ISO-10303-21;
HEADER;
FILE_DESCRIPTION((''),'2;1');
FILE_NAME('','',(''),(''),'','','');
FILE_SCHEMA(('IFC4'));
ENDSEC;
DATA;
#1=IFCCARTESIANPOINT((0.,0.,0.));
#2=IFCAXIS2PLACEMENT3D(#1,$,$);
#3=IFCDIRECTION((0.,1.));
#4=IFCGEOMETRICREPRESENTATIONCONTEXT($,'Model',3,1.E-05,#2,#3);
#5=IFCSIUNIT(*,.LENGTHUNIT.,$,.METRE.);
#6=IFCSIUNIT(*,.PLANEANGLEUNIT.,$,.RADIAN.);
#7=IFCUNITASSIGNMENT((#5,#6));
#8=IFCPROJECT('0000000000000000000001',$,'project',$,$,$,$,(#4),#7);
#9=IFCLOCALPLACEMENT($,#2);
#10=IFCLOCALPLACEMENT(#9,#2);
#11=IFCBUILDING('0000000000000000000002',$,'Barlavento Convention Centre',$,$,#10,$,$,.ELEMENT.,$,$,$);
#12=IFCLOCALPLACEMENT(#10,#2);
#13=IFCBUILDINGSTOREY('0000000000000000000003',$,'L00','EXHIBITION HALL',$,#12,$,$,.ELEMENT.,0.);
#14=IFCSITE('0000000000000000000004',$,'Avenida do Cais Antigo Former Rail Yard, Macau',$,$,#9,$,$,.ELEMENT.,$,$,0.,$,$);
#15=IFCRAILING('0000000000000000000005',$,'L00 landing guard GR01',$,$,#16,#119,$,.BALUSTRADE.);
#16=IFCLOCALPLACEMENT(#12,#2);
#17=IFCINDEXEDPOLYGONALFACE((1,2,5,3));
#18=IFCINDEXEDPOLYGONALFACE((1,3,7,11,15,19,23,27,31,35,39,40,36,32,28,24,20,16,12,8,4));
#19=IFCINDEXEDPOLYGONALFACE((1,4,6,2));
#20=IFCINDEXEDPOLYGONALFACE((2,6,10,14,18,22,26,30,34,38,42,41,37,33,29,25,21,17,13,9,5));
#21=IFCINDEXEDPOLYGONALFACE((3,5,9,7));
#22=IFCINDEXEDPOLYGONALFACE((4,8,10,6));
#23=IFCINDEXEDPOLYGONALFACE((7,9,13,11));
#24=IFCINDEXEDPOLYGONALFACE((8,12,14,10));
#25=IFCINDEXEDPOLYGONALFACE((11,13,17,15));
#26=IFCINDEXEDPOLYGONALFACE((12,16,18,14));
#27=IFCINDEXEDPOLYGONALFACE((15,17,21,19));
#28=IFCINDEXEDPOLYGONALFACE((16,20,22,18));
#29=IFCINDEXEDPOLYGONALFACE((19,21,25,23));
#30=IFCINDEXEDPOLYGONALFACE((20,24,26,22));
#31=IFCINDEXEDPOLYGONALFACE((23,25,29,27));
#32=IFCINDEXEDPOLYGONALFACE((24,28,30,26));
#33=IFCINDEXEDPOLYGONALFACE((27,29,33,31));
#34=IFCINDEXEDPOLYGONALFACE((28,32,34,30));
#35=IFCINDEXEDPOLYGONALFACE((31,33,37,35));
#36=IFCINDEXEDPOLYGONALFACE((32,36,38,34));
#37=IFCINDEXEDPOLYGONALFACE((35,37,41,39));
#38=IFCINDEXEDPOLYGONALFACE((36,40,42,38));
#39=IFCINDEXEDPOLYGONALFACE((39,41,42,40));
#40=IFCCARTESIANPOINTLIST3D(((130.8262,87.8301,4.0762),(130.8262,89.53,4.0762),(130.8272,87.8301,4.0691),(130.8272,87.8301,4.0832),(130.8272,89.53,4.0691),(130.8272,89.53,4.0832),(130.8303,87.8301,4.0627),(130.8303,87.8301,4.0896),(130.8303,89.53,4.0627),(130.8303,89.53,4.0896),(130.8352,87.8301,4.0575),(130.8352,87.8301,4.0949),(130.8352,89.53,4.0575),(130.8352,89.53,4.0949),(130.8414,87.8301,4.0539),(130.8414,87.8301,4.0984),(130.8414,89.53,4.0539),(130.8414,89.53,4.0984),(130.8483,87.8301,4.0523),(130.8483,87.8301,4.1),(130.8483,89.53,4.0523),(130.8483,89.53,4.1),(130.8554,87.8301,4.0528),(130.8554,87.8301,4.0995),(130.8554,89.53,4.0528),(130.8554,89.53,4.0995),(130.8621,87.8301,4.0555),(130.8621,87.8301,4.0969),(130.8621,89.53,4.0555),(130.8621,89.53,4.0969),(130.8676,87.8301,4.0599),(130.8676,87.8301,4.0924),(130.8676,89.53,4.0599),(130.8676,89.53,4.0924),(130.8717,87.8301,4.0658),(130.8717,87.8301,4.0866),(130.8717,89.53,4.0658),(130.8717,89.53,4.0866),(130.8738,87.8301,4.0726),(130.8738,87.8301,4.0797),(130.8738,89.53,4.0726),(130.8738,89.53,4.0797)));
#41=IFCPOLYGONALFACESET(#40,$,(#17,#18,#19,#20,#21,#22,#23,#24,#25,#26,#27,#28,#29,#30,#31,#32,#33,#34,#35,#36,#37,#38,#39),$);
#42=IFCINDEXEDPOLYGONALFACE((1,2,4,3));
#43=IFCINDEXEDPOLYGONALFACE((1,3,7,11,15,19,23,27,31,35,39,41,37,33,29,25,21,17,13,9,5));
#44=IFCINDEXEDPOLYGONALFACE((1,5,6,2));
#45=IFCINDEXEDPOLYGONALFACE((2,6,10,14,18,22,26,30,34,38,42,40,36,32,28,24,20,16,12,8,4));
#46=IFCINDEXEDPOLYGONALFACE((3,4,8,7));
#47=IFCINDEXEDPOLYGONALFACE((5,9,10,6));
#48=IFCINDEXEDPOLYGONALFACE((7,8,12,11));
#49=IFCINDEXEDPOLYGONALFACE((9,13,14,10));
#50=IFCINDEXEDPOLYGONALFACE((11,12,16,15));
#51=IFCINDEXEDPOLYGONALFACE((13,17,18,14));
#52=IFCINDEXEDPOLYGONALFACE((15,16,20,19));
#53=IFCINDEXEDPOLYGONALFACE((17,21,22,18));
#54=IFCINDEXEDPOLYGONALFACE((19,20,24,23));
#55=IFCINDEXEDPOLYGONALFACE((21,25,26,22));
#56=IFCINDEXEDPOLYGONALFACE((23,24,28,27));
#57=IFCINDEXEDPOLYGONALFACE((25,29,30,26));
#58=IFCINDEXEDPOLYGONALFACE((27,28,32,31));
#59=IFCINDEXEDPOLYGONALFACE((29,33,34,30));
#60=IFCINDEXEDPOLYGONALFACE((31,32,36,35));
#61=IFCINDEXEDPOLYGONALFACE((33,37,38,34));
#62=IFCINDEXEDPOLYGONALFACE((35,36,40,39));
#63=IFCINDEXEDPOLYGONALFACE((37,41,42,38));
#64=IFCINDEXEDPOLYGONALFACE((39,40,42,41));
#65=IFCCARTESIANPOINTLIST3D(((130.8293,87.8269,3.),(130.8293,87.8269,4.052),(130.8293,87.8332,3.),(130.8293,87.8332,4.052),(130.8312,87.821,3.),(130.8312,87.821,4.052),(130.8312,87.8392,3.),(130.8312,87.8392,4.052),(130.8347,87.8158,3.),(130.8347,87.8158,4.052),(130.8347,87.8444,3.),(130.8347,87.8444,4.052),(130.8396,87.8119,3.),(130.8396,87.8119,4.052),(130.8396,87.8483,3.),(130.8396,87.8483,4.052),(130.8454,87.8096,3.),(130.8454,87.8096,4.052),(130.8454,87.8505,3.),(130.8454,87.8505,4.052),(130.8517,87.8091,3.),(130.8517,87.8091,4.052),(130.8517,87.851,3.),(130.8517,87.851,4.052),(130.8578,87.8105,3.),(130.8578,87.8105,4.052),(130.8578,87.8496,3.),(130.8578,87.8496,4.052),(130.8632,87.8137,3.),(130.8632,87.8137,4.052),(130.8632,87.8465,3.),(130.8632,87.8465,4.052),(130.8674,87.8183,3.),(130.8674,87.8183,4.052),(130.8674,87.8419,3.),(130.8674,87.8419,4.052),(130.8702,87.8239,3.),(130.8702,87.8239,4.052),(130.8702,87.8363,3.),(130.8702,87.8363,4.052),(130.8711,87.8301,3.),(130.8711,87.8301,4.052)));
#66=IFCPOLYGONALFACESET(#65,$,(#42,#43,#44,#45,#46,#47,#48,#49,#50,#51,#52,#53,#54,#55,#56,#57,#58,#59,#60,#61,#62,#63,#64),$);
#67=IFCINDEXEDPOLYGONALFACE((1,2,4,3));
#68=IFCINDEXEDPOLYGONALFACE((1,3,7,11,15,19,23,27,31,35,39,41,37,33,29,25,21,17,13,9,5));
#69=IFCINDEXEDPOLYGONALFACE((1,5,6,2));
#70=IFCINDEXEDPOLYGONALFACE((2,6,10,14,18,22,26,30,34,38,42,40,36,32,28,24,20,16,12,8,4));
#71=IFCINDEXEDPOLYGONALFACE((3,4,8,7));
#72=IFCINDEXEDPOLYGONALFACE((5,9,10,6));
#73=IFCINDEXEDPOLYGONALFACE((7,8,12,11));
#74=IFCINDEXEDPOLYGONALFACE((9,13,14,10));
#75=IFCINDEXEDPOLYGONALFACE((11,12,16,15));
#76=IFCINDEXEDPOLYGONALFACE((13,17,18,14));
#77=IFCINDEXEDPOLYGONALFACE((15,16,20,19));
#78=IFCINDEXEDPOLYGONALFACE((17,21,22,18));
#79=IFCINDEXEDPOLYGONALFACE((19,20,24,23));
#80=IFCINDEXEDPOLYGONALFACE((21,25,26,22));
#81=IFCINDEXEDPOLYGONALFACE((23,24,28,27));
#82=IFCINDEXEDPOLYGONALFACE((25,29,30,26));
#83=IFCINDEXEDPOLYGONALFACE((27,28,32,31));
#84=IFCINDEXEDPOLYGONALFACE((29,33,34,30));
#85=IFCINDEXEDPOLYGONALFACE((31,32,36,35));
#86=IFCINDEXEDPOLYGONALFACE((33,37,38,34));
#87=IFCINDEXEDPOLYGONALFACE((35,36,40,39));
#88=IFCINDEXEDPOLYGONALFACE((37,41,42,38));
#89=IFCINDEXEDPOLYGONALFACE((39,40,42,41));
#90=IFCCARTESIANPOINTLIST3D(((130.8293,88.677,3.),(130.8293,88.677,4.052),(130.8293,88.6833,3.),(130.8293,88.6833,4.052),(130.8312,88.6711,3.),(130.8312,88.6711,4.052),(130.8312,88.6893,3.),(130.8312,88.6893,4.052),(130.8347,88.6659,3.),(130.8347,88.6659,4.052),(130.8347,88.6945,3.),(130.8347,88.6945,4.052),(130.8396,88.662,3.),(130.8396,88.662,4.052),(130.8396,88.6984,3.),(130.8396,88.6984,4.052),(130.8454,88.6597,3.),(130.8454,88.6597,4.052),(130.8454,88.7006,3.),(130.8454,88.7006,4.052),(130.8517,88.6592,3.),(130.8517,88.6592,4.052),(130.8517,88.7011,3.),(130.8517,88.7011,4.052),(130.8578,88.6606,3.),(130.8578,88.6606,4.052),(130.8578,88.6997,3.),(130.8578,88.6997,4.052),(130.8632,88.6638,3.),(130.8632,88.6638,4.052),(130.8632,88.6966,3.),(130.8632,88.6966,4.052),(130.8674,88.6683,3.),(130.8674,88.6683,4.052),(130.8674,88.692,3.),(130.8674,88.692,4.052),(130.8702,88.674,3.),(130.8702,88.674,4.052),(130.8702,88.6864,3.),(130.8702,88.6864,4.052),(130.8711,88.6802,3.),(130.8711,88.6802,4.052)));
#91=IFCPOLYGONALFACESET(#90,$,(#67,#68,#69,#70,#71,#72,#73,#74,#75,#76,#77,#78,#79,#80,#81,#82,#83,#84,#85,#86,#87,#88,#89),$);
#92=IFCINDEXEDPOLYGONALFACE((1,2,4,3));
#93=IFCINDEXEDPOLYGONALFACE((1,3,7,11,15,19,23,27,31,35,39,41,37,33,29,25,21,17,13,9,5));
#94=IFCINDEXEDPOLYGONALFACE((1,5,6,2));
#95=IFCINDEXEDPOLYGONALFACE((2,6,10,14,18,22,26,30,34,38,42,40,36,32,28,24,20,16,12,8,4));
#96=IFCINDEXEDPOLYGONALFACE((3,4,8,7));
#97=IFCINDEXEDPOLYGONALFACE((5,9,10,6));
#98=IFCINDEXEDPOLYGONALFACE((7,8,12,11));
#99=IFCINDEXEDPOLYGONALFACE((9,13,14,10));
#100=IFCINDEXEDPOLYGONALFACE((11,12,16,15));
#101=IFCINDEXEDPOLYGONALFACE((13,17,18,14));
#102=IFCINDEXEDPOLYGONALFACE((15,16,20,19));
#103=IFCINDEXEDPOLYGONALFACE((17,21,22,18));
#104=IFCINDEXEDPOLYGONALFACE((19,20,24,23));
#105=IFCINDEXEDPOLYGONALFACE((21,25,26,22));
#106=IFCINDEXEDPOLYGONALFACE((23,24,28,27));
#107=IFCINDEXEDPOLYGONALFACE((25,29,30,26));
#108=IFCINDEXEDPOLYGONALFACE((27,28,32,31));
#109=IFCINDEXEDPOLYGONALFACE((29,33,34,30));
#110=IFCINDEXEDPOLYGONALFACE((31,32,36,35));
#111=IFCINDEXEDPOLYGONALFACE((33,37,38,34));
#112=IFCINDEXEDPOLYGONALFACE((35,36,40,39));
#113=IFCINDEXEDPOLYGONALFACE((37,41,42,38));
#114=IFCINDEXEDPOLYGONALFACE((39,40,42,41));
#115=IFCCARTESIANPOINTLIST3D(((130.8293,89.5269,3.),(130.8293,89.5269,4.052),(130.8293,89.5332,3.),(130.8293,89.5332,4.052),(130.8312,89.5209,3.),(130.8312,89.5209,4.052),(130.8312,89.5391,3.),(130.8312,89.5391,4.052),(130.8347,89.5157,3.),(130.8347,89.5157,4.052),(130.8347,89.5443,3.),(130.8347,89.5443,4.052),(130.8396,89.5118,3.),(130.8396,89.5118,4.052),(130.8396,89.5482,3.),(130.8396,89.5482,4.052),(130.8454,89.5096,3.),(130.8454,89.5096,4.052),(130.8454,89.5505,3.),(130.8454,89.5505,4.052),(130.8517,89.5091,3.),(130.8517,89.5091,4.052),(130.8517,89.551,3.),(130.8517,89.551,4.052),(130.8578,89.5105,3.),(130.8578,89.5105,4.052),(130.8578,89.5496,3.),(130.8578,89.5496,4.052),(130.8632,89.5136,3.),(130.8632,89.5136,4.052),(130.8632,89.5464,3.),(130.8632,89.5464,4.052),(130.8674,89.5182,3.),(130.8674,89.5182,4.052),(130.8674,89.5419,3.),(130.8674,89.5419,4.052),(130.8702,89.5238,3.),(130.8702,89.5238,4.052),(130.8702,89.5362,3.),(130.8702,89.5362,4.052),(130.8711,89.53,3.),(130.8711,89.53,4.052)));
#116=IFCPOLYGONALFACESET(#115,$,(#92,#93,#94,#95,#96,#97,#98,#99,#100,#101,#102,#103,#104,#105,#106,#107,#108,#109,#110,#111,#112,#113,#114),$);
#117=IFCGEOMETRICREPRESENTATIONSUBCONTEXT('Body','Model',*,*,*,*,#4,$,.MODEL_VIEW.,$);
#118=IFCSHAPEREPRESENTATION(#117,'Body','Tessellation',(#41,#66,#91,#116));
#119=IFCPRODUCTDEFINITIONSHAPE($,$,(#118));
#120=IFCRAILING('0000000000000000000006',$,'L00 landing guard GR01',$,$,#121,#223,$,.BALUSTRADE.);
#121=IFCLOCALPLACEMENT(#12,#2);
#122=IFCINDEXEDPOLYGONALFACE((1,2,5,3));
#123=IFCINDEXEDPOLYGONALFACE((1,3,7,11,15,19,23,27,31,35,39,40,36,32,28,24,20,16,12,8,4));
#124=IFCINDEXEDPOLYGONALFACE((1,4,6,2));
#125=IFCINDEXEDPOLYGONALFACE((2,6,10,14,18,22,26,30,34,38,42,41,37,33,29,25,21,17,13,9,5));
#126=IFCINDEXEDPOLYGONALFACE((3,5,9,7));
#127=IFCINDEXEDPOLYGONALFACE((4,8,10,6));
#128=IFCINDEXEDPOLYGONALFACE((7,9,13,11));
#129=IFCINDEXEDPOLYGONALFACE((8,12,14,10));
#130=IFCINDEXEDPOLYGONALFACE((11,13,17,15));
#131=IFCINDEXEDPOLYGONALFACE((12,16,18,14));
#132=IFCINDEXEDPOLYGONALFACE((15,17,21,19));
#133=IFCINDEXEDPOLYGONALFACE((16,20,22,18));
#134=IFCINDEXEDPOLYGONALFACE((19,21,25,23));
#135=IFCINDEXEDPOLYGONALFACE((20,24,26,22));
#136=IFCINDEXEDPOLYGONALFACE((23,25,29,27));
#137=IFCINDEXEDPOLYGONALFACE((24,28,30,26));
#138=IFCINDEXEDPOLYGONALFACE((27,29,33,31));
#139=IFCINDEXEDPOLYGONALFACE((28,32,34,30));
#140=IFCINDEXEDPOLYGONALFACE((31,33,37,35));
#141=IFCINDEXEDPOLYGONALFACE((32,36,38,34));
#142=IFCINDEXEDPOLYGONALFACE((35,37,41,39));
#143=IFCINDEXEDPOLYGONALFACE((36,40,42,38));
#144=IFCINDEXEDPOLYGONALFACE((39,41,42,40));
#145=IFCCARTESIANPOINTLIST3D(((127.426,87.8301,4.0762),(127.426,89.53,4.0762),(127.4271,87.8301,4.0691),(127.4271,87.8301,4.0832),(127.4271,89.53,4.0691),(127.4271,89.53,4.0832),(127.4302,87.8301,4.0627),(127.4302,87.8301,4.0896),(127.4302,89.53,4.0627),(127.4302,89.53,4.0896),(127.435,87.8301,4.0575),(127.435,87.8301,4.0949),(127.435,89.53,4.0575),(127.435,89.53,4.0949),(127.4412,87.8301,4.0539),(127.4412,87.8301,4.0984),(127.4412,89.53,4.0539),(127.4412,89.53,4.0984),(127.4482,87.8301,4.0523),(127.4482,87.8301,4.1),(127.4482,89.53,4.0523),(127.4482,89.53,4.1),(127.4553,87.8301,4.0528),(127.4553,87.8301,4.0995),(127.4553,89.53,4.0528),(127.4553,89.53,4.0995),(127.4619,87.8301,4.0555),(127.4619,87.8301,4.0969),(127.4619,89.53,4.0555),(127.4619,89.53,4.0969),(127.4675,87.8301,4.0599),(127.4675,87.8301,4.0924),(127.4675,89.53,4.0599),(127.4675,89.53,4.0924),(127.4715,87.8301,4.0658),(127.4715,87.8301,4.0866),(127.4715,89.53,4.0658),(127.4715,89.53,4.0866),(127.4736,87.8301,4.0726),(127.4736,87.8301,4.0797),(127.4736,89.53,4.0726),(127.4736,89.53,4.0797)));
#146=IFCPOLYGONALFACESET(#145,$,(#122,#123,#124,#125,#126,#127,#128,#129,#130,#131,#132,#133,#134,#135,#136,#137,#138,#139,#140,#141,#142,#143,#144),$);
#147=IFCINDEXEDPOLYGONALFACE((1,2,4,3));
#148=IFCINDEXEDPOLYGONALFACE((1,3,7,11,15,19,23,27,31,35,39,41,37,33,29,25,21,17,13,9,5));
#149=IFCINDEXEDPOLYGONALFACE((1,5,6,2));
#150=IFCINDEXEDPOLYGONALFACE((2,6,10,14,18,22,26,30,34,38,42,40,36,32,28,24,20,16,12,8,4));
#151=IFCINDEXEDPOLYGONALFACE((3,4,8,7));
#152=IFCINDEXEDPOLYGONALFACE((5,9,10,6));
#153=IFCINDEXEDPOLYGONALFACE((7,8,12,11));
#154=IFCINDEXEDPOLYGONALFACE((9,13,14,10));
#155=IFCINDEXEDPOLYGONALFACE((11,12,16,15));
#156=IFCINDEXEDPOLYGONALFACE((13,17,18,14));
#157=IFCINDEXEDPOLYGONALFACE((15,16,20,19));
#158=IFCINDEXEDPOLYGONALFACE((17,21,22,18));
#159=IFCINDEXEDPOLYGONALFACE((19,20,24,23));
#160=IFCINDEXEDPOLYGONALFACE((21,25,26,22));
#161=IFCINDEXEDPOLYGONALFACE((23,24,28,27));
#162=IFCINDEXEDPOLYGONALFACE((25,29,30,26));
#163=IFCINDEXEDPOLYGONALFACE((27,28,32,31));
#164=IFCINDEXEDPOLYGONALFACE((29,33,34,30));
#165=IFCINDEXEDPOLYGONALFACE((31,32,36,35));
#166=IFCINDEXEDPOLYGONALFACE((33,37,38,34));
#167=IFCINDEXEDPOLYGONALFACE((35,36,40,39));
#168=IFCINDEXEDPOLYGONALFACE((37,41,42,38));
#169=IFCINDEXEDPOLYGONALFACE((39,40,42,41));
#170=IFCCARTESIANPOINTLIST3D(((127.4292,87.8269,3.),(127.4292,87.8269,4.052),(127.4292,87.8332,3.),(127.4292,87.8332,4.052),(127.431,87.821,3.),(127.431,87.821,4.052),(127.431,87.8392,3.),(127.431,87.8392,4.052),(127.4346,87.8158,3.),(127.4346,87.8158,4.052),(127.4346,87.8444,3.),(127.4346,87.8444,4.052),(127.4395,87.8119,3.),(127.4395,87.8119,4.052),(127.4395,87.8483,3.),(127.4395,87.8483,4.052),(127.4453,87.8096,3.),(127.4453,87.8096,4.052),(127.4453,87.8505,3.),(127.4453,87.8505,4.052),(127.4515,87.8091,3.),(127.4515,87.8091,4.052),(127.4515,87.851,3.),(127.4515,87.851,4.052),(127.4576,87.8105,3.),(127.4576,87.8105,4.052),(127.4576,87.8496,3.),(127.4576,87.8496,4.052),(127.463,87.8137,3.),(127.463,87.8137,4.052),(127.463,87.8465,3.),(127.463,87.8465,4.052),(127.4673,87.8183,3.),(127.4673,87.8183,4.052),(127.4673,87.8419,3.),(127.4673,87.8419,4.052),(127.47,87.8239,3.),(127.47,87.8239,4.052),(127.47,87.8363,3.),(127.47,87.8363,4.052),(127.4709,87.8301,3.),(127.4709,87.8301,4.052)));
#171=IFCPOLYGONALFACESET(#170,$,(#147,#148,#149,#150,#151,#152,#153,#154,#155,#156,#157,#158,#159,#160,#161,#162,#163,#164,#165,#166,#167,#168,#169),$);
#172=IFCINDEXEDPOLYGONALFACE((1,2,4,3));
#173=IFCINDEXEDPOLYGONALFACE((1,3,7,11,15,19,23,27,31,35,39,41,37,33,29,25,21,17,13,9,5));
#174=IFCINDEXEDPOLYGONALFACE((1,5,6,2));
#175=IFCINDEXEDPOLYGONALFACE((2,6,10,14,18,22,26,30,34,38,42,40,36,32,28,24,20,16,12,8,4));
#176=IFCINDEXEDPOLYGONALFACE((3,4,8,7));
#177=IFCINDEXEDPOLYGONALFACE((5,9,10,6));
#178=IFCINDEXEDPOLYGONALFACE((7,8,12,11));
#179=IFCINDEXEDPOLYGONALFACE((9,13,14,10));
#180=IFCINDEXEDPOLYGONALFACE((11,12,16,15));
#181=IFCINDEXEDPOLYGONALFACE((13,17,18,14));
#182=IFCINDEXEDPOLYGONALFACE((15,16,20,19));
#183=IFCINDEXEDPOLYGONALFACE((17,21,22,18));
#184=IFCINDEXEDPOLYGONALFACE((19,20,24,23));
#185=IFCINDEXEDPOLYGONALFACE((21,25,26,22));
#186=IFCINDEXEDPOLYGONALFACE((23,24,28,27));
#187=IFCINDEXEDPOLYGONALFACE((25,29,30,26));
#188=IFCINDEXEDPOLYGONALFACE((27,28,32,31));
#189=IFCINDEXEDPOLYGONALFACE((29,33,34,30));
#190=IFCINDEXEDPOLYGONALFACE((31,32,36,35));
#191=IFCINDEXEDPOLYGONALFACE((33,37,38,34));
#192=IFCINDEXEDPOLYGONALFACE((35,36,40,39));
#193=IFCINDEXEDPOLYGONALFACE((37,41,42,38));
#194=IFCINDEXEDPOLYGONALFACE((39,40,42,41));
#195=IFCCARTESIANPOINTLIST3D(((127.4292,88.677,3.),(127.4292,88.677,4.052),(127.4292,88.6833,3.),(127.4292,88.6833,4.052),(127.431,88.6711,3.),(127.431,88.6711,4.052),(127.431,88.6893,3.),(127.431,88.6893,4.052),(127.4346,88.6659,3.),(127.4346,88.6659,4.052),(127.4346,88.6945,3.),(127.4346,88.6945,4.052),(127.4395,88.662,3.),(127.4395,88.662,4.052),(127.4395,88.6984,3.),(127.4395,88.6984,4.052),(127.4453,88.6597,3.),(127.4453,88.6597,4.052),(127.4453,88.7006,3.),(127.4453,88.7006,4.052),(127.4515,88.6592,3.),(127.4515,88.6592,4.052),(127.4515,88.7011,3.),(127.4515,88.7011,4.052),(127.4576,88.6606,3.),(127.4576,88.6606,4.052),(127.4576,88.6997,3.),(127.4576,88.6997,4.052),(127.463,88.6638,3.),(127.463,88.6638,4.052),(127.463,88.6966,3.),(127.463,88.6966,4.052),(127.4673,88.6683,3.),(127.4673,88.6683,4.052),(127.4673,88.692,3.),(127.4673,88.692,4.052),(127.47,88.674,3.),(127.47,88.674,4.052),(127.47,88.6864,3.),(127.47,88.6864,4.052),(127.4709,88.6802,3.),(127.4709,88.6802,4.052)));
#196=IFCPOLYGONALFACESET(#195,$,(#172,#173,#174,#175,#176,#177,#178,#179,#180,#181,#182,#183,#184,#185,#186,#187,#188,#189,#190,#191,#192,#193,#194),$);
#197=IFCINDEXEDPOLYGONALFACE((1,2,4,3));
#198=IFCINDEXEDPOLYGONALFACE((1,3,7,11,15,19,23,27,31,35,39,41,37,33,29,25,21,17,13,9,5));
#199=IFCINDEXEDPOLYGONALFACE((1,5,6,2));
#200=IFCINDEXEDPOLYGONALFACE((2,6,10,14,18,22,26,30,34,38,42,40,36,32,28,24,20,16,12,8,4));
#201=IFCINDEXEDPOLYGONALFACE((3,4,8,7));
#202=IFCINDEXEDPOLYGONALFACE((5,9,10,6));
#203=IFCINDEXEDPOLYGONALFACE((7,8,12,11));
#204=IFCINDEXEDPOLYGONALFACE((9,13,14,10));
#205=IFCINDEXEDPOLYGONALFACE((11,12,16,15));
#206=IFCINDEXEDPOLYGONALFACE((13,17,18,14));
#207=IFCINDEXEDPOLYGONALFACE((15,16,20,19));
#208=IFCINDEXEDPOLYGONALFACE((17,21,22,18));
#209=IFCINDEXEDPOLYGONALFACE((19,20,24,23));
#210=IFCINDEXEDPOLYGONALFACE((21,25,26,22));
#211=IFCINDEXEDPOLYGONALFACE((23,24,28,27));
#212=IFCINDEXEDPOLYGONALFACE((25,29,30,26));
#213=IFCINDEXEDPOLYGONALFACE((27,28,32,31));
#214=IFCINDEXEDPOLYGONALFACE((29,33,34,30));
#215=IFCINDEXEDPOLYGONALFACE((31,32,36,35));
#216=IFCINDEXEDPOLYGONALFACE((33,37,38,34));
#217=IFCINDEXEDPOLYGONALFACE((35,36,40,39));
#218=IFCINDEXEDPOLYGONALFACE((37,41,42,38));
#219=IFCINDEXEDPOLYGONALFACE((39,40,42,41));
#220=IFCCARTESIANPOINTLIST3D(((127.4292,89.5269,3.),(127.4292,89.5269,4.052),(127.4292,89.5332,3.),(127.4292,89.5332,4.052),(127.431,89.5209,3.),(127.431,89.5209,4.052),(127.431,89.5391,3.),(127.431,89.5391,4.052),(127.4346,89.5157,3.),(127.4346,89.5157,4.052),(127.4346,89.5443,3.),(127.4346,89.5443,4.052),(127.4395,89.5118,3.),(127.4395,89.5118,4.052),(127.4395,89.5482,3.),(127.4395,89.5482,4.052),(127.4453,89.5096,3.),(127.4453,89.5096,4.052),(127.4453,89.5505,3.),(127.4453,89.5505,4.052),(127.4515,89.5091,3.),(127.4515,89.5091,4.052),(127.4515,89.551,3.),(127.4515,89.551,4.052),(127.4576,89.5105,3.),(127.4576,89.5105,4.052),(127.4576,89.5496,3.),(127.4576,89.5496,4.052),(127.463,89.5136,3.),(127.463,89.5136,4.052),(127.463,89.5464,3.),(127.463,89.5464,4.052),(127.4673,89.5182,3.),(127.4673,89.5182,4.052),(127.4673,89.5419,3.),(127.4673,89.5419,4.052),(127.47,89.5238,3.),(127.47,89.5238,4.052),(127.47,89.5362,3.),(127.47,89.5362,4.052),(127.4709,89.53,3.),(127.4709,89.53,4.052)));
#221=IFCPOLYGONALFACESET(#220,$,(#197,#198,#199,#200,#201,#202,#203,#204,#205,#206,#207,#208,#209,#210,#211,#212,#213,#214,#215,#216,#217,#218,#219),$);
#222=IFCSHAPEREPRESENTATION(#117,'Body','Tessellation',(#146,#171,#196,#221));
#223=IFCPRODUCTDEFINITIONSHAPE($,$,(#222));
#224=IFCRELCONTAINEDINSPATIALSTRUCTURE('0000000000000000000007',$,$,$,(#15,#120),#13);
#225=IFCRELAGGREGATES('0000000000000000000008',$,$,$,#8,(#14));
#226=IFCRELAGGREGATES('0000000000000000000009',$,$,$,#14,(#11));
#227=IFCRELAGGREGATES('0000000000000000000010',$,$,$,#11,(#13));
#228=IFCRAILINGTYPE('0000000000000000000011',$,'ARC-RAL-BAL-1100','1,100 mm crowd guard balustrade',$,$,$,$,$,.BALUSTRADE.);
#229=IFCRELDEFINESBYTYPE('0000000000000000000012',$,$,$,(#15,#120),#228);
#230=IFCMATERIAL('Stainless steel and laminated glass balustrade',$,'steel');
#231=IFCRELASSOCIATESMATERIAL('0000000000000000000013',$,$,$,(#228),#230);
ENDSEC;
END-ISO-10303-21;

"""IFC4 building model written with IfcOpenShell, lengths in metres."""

from ifc_helpers import new_model, si_unit, direction, frame, origin, origin_2d, place, context, subcontext, project, spatial, circle, extrude, material, type_object, element, save


model = new_model("IFC4")

# Units and contexts
model_context = context("Model", 3, precision=1e-05, world=origin(), true_north=direction((0.0, 1.0)))
body_context = subcontext(model_context, "Body", "Model", "MODEL_VIEW")
ifc_project = project(units=[si_unit("LENGTHUNIT", "METRE"), si_unit("PLANEANGLEUNIT", "RADIAN")], contexts=[model_context])

# Site, building, storey
site_placement = place(None, origin())
site = spatial("IfcSite", under=ifc_project, at=site_placement, Name="Avenida do Cais Antigo Former Rail Yard, Macau", CompositionType="ELEMENT", RefElevation=0.0)
building_placement = place(site_placement, origin())
building = spatial("IfcBuilding", under=site, at=building_placement, Name="Barlavento Convention Centre", CompositionType="ELEMENT")
storey_placement = place(building_placement, origin())
storey = spatial("IfcBuildingStorey", under=building, at=storey_placement, Name="L00", Description="EXHIBITION HALL", CompositionType="ELEMENT", Elevation=0.0)

# Railings
ifc_material_1 = material(Name="Stainless steel and laminated glass balustrade", Category="steel")
railing_type_1 = type_object("IfcRailingType", Name="ARC-RAL-BAL-1100", Description="1,100 mm crowd guard balustrade", PredefinedType="BALUSTRADE", material=ifc_material_1)
for number, where, name in (
    (1, (130.8501, 87.8301, 3.0), "L00 landing guard GR01"),
    (2, (127.45, 87.8301, 3.0), "L00 landing guard GR01"),
):
    element("IfcRailing", number, at=place(storey_placement, frame(where)), inside=storey, type_object=railing_type_1, Name=name, PredefinedType="BALUSTRADE", context=body_context, shape_type="SweptSolid", body=[
        extrude(circle(Radius=0.0239, at=origin_2d()), frame((0.0, 0.0, 1.0762), z_axis=(0.0, 1.0, 0.0), x_axis=(-1.0, 0.0, 0.0)), (0.0, 0.0, 1.0), 1.7),
        extrude(circle(Radius=0.021, at=origin_2d()), origin(), (0.0, 0.0, 1.0), 1.052),
        extrude(circle(Radius=0.021, at=origin_2d()), frame((0.0, 0.8501, 0.0)), (0.0, 0.0, 1.0), 1.052),
        extrude(circle(Radius=0.021, at=origin_2d()), frame((0.0, 1.7, 0.0)), (0.0, 0.0, 1.0), 1.052),
    ])

save(model, "model.ifc")
